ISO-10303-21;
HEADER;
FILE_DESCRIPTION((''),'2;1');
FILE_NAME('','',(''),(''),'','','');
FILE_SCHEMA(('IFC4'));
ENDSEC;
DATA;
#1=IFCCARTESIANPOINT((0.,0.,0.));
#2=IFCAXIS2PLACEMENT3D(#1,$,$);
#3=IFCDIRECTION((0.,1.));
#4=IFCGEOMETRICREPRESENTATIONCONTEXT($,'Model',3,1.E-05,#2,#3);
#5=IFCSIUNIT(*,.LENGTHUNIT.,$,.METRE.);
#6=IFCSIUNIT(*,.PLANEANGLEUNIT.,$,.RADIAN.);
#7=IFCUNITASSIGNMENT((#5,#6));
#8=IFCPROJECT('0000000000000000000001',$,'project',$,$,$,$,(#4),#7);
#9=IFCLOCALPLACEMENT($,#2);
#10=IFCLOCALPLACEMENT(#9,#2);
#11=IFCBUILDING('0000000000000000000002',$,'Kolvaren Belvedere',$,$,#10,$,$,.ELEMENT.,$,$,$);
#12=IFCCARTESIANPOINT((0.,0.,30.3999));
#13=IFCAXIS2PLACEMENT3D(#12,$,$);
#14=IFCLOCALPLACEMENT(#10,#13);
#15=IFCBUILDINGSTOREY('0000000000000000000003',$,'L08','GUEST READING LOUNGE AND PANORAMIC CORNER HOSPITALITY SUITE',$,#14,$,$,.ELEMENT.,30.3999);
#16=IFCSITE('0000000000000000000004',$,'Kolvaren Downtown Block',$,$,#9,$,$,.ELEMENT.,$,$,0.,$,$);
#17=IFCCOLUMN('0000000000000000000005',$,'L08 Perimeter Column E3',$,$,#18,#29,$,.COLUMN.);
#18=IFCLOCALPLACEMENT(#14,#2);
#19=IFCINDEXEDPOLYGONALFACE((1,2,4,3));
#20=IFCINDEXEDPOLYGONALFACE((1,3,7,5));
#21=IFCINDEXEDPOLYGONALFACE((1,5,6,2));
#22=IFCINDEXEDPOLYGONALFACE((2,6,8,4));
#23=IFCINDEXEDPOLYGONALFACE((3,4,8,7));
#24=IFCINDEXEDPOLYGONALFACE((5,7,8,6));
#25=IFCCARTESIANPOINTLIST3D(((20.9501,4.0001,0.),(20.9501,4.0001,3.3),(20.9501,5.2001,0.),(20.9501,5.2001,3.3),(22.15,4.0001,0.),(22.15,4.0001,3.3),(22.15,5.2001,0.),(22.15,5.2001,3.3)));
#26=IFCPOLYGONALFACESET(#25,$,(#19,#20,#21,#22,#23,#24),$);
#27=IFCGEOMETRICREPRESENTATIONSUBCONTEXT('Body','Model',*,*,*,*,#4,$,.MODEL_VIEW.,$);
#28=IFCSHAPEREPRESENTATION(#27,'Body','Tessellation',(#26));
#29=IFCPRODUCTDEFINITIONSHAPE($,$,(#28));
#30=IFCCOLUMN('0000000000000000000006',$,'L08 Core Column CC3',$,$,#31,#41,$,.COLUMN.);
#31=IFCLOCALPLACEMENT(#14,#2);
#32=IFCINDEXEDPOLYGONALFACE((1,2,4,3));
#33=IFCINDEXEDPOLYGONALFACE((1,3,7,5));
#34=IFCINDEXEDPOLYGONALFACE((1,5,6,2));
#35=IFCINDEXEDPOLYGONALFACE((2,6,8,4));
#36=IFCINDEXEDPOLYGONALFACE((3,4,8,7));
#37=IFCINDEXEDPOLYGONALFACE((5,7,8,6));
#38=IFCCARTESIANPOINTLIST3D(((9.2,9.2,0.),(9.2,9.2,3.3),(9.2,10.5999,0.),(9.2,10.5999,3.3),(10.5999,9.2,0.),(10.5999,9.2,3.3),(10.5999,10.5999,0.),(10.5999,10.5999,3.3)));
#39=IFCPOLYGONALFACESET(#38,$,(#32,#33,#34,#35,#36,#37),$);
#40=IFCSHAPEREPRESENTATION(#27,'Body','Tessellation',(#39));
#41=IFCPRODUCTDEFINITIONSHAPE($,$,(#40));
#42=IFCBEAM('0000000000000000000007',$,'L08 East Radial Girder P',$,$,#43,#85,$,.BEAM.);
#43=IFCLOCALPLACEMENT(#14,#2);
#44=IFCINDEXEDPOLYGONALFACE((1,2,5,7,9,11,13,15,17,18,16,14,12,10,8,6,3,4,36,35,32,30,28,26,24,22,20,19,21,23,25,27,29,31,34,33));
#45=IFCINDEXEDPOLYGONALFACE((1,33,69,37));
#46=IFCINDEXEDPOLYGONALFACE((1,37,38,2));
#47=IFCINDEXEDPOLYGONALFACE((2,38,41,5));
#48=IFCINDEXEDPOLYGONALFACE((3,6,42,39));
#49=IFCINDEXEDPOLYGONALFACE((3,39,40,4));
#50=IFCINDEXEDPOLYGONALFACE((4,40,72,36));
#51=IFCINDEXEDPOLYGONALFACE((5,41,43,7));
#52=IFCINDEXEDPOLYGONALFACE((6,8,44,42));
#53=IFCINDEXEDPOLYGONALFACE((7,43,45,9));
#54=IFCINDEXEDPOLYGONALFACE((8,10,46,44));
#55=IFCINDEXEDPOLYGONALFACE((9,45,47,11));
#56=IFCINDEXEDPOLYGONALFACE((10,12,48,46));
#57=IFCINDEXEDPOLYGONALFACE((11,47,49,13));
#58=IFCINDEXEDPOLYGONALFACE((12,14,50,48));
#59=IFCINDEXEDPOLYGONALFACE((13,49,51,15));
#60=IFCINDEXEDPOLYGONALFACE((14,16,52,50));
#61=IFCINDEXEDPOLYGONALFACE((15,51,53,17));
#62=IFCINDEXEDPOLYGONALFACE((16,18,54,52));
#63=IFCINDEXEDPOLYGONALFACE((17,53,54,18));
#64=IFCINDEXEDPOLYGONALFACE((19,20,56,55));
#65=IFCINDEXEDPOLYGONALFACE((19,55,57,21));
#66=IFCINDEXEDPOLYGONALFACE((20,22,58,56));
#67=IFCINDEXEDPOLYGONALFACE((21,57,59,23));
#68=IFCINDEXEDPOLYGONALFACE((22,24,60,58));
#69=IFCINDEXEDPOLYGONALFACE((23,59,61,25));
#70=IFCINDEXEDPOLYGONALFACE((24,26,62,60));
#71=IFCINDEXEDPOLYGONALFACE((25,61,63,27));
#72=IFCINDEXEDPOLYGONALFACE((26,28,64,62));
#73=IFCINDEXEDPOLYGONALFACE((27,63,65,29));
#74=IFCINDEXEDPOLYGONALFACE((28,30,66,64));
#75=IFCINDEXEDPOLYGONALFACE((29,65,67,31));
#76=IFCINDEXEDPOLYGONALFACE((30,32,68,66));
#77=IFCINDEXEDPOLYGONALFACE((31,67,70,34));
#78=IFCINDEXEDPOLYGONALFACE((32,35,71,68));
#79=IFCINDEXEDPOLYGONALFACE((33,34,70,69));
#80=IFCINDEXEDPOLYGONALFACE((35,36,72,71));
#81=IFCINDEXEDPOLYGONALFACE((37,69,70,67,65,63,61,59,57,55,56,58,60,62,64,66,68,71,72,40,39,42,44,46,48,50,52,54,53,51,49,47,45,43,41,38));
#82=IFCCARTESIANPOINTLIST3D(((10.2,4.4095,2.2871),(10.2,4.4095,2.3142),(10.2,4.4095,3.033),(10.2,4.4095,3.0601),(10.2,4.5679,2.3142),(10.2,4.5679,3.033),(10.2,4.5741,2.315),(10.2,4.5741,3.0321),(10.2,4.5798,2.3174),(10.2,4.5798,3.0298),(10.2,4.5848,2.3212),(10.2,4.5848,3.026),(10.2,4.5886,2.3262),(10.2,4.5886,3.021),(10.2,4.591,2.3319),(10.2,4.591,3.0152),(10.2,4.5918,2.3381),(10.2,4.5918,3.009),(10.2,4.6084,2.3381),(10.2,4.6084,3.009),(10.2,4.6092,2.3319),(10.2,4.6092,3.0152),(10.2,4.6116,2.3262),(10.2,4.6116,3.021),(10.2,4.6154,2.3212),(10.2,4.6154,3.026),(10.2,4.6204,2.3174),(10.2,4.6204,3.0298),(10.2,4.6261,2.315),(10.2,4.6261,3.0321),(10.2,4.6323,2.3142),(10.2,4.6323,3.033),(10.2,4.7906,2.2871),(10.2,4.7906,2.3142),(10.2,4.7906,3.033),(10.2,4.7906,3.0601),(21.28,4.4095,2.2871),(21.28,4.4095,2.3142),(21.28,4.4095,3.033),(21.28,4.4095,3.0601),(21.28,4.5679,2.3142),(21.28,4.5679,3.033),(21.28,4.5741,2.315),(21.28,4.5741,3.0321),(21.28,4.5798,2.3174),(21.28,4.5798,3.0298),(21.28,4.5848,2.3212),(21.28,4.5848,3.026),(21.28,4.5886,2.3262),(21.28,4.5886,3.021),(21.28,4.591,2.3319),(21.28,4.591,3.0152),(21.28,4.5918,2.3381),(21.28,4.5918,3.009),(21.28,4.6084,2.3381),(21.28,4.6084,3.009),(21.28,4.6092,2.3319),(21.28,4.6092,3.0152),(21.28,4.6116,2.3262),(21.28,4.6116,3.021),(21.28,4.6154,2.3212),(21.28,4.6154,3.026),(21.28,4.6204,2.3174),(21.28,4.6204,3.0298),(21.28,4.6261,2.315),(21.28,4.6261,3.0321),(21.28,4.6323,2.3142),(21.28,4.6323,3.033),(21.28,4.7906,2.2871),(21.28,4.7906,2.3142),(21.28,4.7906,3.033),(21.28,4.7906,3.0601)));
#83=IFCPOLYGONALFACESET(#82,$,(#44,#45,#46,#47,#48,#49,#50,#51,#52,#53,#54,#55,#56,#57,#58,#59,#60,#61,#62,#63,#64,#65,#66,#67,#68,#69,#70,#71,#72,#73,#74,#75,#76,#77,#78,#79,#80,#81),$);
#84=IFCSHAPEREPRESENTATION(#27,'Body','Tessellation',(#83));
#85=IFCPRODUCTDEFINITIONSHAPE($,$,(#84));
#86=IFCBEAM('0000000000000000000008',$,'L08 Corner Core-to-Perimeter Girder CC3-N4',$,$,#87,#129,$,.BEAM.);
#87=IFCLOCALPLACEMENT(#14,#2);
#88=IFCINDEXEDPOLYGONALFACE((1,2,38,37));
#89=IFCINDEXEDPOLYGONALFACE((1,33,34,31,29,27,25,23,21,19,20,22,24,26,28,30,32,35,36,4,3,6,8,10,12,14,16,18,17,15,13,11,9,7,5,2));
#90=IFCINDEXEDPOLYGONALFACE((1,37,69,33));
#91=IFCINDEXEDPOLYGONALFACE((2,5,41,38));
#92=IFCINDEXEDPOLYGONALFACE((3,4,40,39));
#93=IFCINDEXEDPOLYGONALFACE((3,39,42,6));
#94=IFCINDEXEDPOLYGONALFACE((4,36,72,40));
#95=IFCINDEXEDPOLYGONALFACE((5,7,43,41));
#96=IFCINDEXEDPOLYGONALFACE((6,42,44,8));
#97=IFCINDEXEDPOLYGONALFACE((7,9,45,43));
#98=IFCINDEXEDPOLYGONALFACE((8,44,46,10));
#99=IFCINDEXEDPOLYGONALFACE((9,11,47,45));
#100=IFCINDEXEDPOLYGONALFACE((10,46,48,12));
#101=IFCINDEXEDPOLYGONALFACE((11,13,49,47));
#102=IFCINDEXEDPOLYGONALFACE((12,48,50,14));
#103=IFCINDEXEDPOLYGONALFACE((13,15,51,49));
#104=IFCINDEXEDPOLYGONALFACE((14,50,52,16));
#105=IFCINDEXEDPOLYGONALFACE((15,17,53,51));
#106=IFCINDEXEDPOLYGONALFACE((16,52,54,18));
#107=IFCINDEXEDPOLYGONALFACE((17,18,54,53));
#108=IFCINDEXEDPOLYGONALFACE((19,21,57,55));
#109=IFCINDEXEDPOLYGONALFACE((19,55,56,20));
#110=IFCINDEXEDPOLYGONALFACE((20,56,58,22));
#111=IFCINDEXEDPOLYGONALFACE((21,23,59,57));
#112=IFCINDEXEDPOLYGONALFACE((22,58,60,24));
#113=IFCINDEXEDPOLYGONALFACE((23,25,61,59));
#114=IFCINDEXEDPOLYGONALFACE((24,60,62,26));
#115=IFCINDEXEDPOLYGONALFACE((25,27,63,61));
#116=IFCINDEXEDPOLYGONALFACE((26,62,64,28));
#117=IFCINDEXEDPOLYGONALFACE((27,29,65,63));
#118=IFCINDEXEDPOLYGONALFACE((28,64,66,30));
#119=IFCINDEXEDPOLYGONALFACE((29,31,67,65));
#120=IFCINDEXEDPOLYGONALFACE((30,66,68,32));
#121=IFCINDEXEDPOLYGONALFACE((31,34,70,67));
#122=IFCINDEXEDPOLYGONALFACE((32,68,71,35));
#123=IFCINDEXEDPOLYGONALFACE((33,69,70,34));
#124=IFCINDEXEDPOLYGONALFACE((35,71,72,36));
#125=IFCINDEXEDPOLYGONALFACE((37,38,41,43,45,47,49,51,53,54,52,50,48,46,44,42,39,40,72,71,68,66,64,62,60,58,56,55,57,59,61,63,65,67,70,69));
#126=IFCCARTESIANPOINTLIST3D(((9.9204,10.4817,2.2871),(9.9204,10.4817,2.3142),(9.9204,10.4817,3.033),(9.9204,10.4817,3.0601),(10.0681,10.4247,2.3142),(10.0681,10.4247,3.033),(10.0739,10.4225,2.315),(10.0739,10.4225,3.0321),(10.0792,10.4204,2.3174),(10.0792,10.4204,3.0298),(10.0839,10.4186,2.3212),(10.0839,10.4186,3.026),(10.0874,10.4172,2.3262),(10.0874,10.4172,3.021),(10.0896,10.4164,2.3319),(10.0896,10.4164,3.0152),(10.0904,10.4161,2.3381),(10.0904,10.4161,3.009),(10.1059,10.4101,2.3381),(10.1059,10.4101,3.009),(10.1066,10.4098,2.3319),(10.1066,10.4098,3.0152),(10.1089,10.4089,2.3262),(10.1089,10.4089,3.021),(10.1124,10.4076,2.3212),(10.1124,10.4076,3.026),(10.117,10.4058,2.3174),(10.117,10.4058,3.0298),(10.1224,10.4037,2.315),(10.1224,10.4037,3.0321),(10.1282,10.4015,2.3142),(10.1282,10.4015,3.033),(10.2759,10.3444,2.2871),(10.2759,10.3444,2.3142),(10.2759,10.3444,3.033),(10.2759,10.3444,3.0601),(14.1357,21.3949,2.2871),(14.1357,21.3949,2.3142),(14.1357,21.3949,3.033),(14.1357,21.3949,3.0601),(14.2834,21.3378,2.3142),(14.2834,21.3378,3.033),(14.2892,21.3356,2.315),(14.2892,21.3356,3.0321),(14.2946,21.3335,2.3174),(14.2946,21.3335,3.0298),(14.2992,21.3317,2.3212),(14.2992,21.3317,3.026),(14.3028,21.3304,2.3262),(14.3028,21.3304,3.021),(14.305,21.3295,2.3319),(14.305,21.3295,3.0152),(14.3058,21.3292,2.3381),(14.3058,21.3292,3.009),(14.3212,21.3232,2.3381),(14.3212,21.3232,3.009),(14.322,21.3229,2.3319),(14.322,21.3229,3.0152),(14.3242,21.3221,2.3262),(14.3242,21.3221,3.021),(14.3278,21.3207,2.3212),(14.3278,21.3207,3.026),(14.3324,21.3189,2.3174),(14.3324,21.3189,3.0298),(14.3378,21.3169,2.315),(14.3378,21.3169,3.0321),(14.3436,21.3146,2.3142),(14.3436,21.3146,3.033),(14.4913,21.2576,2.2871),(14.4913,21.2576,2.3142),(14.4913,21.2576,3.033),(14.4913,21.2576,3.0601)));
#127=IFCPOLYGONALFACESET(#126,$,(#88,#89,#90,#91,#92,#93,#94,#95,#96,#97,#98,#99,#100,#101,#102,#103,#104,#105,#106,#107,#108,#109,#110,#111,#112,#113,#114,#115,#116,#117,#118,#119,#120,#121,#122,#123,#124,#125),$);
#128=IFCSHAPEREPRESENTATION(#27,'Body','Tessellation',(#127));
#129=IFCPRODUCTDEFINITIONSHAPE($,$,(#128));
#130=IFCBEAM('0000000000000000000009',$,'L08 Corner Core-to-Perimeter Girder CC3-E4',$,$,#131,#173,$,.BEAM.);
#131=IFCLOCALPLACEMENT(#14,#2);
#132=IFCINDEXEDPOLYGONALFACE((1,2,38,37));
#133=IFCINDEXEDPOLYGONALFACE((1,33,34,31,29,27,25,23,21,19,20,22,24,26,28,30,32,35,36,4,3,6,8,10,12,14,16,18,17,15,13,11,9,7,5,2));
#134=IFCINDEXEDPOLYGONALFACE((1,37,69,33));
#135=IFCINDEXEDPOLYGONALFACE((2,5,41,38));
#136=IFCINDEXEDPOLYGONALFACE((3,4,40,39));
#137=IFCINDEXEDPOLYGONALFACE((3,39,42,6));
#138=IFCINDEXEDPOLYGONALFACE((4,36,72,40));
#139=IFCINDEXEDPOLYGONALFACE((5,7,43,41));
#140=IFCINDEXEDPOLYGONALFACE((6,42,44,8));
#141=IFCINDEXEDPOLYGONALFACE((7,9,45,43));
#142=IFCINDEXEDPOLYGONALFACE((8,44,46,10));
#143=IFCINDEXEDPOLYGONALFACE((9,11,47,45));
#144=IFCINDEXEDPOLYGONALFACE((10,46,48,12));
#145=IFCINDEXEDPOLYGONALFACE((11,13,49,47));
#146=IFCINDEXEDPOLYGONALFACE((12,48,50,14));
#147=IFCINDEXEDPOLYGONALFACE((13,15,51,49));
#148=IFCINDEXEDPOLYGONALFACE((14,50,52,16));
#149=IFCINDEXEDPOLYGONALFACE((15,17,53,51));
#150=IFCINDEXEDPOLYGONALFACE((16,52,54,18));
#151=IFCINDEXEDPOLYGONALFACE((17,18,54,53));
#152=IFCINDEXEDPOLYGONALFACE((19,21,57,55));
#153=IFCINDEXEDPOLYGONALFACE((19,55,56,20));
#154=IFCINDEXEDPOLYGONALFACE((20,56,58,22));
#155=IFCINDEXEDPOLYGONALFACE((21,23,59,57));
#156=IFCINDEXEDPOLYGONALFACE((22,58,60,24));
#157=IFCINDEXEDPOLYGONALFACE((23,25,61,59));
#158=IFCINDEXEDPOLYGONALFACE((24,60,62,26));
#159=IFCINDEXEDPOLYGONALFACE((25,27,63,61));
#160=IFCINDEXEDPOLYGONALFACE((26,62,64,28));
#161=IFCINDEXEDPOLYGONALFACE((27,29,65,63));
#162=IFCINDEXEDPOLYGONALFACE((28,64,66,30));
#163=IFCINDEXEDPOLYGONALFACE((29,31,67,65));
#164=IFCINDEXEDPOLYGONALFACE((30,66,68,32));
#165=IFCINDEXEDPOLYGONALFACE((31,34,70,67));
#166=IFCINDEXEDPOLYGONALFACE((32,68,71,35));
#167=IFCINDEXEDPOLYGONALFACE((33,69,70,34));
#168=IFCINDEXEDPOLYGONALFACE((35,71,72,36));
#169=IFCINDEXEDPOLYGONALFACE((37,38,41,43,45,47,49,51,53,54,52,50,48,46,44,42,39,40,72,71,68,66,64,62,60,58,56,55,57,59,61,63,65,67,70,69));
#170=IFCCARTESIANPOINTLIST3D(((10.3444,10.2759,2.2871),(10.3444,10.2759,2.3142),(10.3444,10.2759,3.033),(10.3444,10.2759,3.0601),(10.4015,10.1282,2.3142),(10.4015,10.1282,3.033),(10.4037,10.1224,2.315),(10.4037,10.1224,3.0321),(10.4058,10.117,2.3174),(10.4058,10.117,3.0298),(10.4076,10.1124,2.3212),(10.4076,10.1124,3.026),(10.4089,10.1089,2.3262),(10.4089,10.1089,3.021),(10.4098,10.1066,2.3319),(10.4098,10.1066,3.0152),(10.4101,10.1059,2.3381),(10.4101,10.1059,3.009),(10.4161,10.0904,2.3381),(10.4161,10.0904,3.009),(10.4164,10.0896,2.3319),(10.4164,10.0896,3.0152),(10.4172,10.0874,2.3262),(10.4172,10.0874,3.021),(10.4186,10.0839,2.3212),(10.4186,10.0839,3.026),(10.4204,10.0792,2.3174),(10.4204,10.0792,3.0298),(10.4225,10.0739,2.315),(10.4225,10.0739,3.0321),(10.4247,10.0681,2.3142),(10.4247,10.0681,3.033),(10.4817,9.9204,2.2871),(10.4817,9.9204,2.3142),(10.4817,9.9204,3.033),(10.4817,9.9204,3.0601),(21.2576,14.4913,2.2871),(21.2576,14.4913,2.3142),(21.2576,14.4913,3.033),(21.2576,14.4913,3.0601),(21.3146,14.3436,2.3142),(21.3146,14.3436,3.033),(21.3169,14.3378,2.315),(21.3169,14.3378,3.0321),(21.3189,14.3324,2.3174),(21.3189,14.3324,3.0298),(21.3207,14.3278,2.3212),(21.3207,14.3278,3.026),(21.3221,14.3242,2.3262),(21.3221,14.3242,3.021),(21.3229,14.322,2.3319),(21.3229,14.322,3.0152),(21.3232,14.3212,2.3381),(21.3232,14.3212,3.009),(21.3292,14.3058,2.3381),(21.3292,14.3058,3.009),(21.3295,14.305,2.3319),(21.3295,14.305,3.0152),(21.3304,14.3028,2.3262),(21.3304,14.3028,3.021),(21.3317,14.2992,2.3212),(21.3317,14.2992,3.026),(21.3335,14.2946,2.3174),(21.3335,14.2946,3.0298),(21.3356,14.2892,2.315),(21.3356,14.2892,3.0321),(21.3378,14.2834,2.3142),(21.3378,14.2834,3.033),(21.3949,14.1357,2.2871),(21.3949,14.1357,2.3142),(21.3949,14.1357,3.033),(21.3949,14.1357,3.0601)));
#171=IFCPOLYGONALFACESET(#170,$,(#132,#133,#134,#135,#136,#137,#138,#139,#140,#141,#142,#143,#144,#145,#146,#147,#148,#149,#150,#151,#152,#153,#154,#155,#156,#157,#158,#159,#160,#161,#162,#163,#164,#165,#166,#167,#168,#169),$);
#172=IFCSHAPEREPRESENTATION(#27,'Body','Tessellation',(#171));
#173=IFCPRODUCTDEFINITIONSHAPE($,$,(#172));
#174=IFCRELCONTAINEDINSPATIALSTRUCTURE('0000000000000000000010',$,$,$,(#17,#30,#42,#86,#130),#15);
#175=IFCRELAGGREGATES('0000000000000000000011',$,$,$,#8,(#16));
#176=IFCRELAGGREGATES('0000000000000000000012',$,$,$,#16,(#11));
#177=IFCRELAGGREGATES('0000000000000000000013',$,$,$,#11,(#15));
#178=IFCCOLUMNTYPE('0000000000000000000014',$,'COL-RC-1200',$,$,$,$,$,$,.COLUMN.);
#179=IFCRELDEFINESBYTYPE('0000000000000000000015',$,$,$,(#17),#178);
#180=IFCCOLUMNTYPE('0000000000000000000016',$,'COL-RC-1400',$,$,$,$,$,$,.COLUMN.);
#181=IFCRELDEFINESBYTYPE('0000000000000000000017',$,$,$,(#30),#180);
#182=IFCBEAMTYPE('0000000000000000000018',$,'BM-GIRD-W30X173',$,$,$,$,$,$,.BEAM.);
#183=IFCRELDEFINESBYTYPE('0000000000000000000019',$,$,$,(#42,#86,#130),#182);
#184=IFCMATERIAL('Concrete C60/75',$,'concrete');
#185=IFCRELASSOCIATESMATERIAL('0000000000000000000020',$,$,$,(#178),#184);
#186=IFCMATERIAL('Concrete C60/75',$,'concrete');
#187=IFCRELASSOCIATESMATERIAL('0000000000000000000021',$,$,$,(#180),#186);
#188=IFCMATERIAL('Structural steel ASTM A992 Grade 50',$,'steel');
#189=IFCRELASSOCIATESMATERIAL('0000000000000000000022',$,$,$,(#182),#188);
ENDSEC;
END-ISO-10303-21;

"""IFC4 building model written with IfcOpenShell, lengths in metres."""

from ifc_helpers import new_model, si_unit, direction, frame, origin, origin_2d, place, context, subcontext, project, spatial, rectangle, i_section, extrude, material, material_profile, profile_set, type_object, element, save


model = new_model("IFC4")

# Units and contexts
model_context = context("Model", 3, precision=1e-05, world=origin(), true_north=direction((0.0, 1.0)))
body_context = subcontext(model_context, "Body", "Model", "MODEL_VIEW")
ifc_project = project(units=[si_unit("LENGTHUNIT", "METRE"), si_unit("PLANEANGLEUNIT", "RADIAN")], contexts=[model_context])

# Site, building, storey
site_placement = place(None, origin())
site = spatial("IfcSite", under=ifc_project, at=site_placement, Name="Kolvaren Downtown Block", CompositionType="ELEMENT", RefElevation=0.0)
building_placement = place(site_placement, origin())
building = spatial("IfcBuilding", under=site, at=building_placement, Name="Kolvaren Belvedere", CompositionType="ELEMENT")
storey_placement = place(building_placement, frame((0.0, 0.0, 30.3999)))
storey = spatial("IfcBuildingStorey", under=building, at=storey_placement, Name="L08", Description="GUEST READING LOUNGE AND PANORAMIC CORNER HOSPITALITY SUITE", CompositionType="ELEMENT", Elevation=30.3999)

# Columns
ifc_material_1 = material(Name="Concrete C60/75", Category="concrete")
ifc_material_profile_1 = material_profile(ifc_material_1, rectangle(XDim=1.2, YDim=1.2, at=origin_2d()), Name="RC 1200X1200")
ifc_profile_set_1 = profile_set([ifc_material_profile_1], Name="Concrete C60/75")
column_type_1 = type_object("IfcColumnType", Name="COL-RC-1200", PredefinedType="COLUMN", material=ifc_profile_set_1)
column_1_placement = place(storey_placement, frame((21.55, 4.6001, 0.0), z_axis=(0.0, 0.0, 1.0), x_axis=(1.0, 0.0, 0.0)))
element("IfcColumn", 1, at=column_1_placement, inside=storey, type_object=column_type_1, Name="L08 Perimeter Column E3", PredefinedType="COLUMN", context=body_context, shape_type="SweptSolid", body=[
    extrude(rectangle(XDim=1.2, YDim=1.2, at=origin_2d()), origin(), (0.0, 0.0, 1.0), 3.3),
])
ifc_material_2 = material(Name="Concrete C60/75", Category="concrete")
ifc_material_profile_2 = material_profile(ifc_material_2, rectangle(XDim=1.3999, YDim=1.3999, at=origin_2d()), Name="RC 1400X1400")
ifc_profile_set_2 = profile_set([ifc_material_profile_2], Name="Concrete C60/75")
column_type_2 = type_object("IfcColumnType", Name="COL-RC-1400", PredefinedType="COLUMN", material=ifc_profile_set_2)
column_2_placement = place(storey_placement, frame((9.8999, 9.8999, 0.0), z_axis=(0.0, 0.0, 1.0), x_axis=(1.0, 0.0, 0.0)))
element("IfcColumn", 2, at=column_2_placement, inside=storey, type_object=column_type_2, Name="L08 Core Column CC3", PredefinedType="COLUMN", context=body_context, shape_type="SweptSolid", body=[
    extrude(rectangle(XDim=1.3999, YDim=1.3999, at=origin_2d()), origin(), (0.0, 0.0, 1.0), 3.3),
])

# Beams
ifc_material_3 = material(Name="Structural steel ASTM A992 Grade 50", Category="steel")
ifc_material_profile_3 = material_profile(ifc_material_3, i_section(OverallWidth=0.3811, OverallDepth=0.7729, WebThickness=0.0166, FlangeThickness=0.0271, FilletRadius=0.0239, at=origin_2d()), Name="W30X173")
ifc_profile_set_3 = profile_set([ifc_material_profile_3], Name="Structural steel ASTM A992 Grade 50")
beam_type_1 = type_object("IfcBeamType", Name="BM-GIRD-W30X173", PredefinedType="BEAM", material=ifc_profile_set_3)
beam_1_placement = place(storey_placement, frame((10.2, 4.6001, 2.6736), z_axis=(1.0, 0.0, 0.0), x_axis=(0.0, 1.0, 0.0)))
element("IfcBeam", 3, at=beam_1_placement, inside=storey, type_object=beam_type_1, Name="L08 East Radial Girder P", PredefinedType="BEAM", context=body_context, shape_type="SweptSolid", body=[
    extrude(i_section(OverallWidth=0.3811, OverallDepth=0.7729, WebThickness=0.0166, FlangeThickness=0.0271, FilletRadius=0.0239, at=origin_2d()), origin(), (0.0, 0.0, 1.0), 11.0801),
])
for number, where, z_axis, x_axis, name in (
    (4, (10.0981, 10.4131, 2.6736), (0.360318, 0.932829, 0.0), (-0.932829, 0.360318, 0.0), "L08 Corner Core-to-Perimeter Girder CC3-N4"),
    (5, (10.4131, 10.0981, 2.6736), (0.932829, 0.360318, 0.0), (-0.360318, 0.932829, 0.0), "L08 Corner Core-to-Perimeter Girder CC3-E4"),
):
    element("IfcBeam", number, at=place(storey_placement, frame(where, z_axis=z_axis, x_axis=x_axis)), inside=storey, type_object=beam_type_1, Name=name, PredefinedType="BEAM", context=body_context, shape_type="SweptSolid", body=[
        extrude(i_section(OverallWidth=0.3811, OverallDepth=0.7729, WebThickness=0.0166, FlangeThickness=0.0271, FilletRadius=0.0239, at=origin_2d()), origin(), (0.0, 0.0, 1.0), 11.699),
    ])

save(model, "model.ifc")
